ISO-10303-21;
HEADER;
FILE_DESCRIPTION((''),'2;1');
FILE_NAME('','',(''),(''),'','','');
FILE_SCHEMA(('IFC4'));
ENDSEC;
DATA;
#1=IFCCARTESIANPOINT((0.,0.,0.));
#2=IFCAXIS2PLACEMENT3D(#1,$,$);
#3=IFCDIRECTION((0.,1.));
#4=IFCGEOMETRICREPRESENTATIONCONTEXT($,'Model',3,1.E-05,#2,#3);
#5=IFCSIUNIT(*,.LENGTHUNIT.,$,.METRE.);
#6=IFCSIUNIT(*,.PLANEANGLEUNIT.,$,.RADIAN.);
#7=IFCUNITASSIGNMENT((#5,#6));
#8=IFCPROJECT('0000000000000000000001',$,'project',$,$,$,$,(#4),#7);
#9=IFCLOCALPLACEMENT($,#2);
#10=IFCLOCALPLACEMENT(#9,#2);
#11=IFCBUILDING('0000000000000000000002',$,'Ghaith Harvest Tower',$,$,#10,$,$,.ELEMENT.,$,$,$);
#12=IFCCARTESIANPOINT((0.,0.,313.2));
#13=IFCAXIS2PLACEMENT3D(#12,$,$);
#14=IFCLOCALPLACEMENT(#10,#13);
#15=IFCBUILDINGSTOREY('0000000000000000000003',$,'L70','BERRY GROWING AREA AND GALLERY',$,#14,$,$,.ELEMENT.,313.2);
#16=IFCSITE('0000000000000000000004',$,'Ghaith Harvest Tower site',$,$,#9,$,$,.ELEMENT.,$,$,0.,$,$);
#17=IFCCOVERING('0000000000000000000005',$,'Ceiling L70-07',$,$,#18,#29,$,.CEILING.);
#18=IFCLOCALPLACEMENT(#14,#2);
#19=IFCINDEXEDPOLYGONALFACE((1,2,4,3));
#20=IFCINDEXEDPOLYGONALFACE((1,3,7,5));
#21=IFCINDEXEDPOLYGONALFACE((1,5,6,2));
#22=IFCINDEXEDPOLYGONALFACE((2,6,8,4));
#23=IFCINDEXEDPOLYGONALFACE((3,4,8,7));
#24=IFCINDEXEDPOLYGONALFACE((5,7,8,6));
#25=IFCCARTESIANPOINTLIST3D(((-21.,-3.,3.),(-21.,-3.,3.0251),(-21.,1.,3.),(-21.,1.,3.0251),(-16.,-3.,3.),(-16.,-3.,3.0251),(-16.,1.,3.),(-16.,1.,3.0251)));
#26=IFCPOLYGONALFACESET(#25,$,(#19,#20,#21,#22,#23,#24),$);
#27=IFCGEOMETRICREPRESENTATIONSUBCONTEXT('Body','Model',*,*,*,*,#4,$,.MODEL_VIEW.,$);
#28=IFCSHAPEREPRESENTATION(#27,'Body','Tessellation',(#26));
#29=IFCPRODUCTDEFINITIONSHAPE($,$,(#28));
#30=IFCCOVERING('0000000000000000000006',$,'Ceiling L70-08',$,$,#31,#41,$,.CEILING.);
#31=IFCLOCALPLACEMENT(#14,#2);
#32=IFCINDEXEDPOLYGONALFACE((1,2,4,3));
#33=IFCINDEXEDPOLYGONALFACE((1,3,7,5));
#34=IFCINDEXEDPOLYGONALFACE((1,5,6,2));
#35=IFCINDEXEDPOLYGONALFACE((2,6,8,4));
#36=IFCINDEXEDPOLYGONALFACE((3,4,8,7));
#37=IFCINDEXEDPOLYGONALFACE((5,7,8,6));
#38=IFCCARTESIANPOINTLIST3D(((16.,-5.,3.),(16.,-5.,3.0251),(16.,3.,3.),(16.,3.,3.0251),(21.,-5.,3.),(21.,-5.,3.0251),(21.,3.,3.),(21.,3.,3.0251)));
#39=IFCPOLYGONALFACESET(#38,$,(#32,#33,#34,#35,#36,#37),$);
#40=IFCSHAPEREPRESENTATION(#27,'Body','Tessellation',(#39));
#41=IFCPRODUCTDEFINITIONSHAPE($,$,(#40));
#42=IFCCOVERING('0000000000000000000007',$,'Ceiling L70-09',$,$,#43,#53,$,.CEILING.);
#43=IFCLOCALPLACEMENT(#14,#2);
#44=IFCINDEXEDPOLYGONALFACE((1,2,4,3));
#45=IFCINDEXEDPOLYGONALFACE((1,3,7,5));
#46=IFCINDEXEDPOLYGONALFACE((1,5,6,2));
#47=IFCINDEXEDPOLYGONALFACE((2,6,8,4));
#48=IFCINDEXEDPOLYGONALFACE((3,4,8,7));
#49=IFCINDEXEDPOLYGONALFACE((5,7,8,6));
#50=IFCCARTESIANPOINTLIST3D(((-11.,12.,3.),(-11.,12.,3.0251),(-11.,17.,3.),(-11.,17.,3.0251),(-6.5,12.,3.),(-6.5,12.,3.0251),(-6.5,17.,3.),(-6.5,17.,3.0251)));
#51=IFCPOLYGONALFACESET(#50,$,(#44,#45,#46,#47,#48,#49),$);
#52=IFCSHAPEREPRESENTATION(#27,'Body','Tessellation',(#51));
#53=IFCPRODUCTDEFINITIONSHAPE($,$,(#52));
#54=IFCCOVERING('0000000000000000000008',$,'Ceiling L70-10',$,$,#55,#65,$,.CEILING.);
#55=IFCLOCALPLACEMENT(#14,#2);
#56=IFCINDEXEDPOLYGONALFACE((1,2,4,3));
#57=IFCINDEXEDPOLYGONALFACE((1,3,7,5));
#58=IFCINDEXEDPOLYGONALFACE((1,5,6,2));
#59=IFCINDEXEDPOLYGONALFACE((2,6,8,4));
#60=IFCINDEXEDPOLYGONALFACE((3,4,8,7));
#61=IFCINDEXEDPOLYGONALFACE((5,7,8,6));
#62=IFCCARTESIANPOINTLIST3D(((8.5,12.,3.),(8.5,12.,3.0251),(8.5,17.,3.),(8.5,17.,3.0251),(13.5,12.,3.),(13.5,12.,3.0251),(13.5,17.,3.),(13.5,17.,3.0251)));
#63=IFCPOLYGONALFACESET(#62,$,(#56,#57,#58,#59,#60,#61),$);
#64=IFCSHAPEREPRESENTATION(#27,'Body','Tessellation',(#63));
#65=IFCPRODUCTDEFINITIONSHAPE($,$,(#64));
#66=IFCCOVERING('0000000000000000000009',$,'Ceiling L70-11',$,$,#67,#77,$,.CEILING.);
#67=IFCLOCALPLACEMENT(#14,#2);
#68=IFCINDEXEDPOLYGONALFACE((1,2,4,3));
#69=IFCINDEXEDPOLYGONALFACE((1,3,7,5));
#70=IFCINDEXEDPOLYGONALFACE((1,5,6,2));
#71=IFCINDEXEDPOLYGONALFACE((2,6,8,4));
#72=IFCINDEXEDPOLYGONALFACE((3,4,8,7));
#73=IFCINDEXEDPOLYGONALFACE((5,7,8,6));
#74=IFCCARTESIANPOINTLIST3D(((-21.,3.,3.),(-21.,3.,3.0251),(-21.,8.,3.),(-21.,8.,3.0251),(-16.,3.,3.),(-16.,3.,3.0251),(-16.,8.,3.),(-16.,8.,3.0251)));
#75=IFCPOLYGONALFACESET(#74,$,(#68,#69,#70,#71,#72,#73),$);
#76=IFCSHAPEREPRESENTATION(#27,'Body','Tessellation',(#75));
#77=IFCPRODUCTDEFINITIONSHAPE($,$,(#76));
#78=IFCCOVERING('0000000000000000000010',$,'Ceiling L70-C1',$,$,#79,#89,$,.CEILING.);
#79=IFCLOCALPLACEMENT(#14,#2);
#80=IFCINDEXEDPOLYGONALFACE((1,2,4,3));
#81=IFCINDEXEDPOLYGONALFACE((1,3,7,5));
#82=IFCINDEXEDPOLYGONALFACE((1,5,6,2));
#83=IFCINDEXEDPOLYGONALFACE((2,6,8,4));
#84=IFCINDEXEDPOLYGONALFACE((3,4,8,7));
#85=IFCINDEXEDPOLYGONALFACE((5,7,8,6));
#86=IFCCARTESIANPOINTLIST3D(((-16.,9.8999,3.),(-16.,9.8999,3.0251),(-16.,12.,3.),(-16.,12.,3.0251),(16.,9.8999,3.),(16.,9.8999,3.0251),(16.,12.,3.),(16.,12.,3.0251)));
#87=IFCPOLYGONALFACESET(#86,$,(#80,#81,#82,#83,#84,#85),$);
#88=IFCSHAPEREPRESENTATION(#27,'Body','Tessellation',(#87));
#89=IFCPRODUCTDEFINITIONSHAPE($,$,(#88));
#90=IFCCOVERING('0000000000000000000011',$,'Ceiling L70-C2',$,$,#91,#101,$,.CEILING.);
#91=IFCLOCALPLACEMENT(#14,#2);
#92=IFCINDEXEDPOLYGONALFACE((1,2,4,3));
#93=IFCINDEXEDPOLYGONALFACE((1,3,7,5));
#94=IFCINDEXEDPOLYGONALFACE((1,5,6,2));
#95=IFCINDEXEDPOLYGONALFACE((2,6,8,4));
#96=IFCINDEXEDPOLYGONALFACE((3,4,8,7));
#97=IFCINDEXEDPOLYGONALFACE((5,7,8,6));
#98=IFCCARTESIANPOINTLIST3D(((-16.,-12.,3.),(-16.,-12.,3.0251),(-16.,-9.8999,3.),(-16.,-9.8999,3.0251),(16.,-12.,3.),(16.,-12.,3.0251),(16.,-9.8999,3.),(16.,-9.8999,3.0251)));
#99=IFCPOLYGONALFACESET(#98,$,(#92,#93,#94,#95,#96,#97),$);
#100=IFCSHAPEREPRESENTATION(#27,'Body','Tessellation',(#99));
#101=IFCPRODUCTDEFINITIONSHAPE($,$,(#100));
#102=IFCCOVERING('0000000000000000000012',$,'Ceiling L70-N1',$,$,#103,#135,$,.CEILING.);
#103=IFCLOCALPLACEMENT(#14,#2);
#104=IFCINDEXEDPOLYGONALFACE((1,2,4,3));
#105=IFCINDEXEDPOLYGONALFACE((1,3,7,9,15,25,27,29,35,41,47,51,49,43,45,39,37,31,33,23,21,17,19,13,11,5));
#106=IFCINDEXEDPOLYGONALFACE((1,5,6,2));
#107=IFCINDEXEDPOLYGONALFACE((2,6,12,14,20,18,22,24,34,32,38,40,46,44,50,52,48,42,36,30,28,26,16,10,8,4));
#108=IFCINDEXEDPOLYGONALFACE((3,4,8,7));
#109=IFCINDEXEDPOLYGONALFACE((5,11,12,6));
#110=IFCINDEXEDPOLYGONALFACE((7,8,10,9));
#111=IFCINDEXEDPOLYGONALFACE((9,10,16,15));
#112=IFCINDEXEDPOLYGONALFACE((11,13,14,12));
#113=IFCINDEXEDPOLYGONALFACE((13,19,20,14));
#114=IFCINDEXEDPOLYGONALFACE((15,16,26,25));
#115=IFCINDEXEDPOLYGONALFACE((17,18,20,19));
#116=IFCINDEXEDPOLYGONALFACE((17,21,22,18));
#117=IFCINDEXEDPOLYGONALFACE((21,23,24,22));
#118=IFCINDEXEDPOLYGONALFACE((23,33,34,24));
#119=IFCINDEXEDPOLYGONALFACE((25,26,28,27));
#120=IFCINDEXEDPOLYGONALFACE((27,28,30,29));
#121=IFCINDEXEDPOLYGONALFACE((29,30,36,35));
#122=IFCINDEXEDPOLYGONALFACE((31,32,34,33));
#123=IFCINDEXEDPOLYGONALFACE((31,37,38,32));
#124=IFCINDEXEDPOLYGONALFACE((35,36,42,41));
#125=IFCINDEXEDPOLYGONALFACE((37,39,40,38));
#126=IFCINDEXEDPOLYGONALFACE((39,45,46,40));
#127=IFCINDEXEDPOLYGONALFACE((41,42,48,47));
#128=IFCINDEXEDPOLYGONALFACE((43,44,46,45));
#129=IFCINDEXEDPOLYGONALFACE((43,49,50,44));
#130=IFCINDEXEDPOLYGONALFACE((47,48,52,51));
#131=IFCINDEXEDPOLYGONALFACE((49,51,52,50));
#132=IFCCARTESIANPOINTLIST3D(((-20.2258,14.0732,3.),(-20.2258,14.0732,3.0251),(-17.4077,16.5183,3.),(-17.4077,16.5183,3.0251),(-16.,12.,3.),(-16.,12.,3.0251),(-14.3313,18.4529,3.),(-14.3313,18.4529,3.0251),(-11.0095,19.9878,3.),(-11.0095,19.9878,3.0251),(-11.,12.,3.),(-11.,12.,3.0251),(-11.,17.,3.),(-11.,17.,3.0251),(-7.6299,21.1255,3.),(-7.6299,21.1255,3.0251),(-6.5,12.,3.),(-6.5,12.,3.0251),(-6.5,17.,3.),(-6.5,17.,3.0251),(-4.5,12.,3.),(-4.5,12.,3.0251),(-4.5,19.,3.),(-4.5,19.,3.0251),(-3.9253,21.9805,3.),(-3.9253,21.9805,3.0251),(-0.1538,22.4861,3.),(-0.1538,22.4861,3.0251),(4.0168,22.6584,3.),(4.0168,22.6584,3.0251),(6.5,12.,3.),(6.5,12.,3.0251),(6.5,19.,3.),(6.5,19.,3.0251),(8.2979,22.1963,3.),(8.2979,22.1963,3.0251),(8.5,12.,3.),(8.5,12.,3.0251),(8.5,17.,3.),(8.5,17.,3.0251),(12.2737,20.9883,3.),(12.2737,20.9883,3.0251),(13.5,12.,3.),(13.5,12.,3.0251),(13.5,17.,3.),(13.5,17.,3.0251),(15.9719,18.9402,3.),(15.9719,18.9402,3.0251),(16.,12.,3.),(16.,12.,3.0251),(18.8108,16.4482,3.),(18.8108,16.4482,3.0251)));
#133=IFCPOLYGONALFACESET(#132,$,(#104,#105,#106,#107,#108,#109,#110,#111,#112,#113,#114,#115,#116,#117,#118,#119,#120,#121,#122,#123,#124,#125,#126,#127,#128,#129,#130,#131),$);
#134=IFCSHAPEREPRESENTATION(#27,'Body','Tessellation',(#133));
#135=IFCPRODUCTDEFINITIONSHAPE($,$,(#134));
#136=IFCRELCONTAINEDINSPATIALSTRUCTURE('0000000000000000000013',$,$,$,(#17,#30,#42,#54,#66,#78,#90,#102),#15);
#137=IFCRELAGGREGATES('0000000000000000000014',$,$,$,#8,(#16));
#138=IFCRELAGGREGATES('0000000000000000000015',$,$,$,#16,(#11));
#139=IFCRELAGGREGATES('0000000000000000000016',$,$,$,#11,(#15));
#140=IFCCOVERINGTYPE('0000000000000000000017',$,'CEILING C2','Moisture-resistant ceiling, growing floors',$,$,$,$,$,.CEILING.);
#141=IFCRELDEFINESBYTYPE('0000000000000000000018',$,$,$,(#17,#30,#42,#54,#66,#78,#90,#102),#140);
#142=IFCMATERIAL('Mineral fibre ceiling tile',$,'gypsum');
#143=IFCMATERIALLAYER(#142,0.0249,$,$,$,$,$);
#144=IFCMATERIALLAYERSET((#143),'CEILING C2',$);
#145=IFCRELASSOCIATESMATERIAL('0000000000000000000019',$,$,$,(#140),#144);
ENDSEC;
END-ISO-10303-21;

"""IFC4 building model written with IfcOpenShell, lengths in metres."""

from ifc_helpers import new_model, si_unit, direction, frame, origin, place, context, subcontext, project, spatial, polyline, outline, extrude, material, layer, layer_set, type_object, element, save


model = new_model("IFC4")

# Units and contexts
model_context = context("Model", 3, precision=1e-05, world=origin(), true_north=direction((0.0, 1.0)))
body_context = subcontext(model_context, "Body", "Model", "MODEL_VIEW")
ifc_project = project(units=[si_unit("LENGTHUNIT", "METRE"), si_unit("PLANEANGLEUNIT", "RADIAN")], contexts=[model_context])

# Site, building, storey
site_placement = place(None, origin())
site = spatial("IfcSite", under=ifc_project, at=site_placement, Name="Ghaith Harvest Tower site", CompositionType="ELEMENT", RefElevation=0.0)
building_placement = place(site_placement, origin())
building = spatial("IfcBuilding", under=site, at=building_placement, Name="Ghaith Harvest Tower", CompositionType="ELEMENT")
storey_placement = place(building_placement, frame((0.0, 0.0, 313.2)))
storey = spatial("IfcBuildingStorey", under=building, at=storey_placement, Name="L70", Description="BERRY GROWING AREA AND GALLERY", CompositionType="ELEMENT", Elevation=313.2)

# Coverings
ifc_material_1 = material(Name="Mineral fibre ceiling tile", Category="gypsum")
ifc_layer_1 = layer(ifc_material_1, 0.0249)
ifc_layer_set_1 = layer_set([ifc_layer_1], Name="CEILING C2")
covering_type = type_object("IfcCoveringType", Name="CEILING C2", Description="Moisture-resistant ceiling, growing floors", PredefinedType="CEILING", material=ifc_layer_set_1)
covering_1_placement = place(storey_placement, frame((0.0, 0.0, 3.0)))
element("IfcCovering", 1, at=covering_1_placement, inside=storey, type_object=covering_type, Name="Ceiling L70-07", PredefinedType="CEILING", context=body_context, shape_type="SweptSolid", body=[
    extrude(outline(polyline([(-21.0, -3.0), (-16.0, -3.0), (-16.0, 1.0), (-21.0, 1.0), (-21.0, -3.0)])), origin(), (0.0, 0.0, 1.0), 0.0251),
])
covering_2_placement = place(storey_placement, frame((0.0, 0.0, 3.0)))
element("IfcCovering", 2, at=covering_2_placement, inside=storey, type_object=covering_type, Name="Ceiling L70-08", PredefinedType="CEILING", context=body_context, shape_type="SweptSolid", body=[
    extrude(outline(polyline([(16.0, -5.0), (21.0, -5.0), (21.0, 3.0), (16.0, 3.0), (16.0, -5.0)])), origin(), (0.0, 0.0, 1.0), 0.0251),
])
covering_3_placement = place(storey_placement, frame((0.0, 0.0, 3.0)))
element("IfcCovering", 3, at=covering_3_placement, inside=storey, type_object=covering_type, Name="Ceiling L70-09", PredefinedType="CEILING", context=body_context, shape_type="SweptSolid", body=[
    extrude(outline(polyline([(-11.0, 12.0), (-6.5, 12.0), (-6.5, 17.0), (-11.0, 17.0), (-11.0, 12.0)])), origin(), (0.0, 0.0, 1.0), 0.0251),
])
covering_4_placement = place(storey_placement, frame((0.0, 0.0, 3.0)))
element("IfcCovering", 4, at=covering_4_placement, inside=storey, type_object=covering_type, Name="Ceiling L70-10", PredefinedType="CEILING", context=body_context, shape_type="SweptSolid", body=[
    extrude(outline(polyline([(8.5, 12.0), (13.5, 12.0), (13.5, 17.0), (8.5, 17.0), (8.5, 12.0)])), origin(), (0.0, 0.0, 1.0), 0.0251),
])
covering_5_placement = place(storey_placement, frame((0.0, 0.0, 3.0)))
element("IfcCovering", 5, at=covering_5_placement, inside=storey, type_object=covering_type, Name="Ceiling L70-11", PredefinedType="CEILING", context=body_context, shape_type="SweptSolid", body=[
    extrude(outline(polyline([(-21.0, 3.0), (-16.0, 3.0), (-16.0, 8.0), (-21.0, 8.0), (-21.0, 3.0)])), origin(), (0.0, 0.0, 1.0), 0.0251),
])
covering_6_placement = place(storey_placement, frame((0.0, 0.0, 3.0)))
element("IfcCovering", 6, at=covering_6_placement, inside=storey, type_object=covering_type, Name="Ceiling L70-C1", PredefinedType="CEILING", context=body_context, shape_type="SweptSolid", body=[
    extrude(outline(polyline([(16.0, 9.8999), (-16.0, 9.8999), (-16.0, 12.0), (16.0, 12.0), (16.0, 9.8999)])), origin(), (0.0, 0.0, 1.0), 0.0251),
])
covering_7_placement = place(storey_placement, frame((0.0, 0.0, 3.0)))
element("IfcCovering", 7, at=covering_7_placement, inside=storey, type_object=covering_type, Name="Ceiling L70-C2", PredefinedType="CEILING", context=body_context, shape_type="SweptSolid", body=[
    extrude(outline(polyline([(-16.0, -9.8999), (16.0, -9.8999), (16.0, -12.0), (-16.0, -12.0), (-16.0, -9.8999)])), origin(), (0.0, 0.0, 1.0), 0.0251),
])
covering_8_placement = place(storey_placement, frame((0.0, 0.0, 3.0)))
element("IfcCovering", 8, at=covering_8_placement, inside=storey, type_object=covering_type, Name="Ceiling L70-N1", PredefinedType="CEILING", context=body_context, shape_type="SweptSolid", body=[
    extrude(outline(polyline([(-17.4077, 16.5183), (-14.3313, 18.4529), (-11.0095, 19.9878), (-7.6299, 21.1255), (-3.9253, 21.9805), (-0.1538, 22.4861), (4.0168, 22.6584), (8.2979, 22.1963), (12.2737, 20.9883), (15.9719, 18.9402), (18.8108, 16.4482), (16.0, 12.0), (13.5, 12.0), (13.5, 17.0), (8.5, 17.0), (8.5, 12.0), (6.5, 12.0), (6.5, 19.0), (-4.5, 19.0), (-4.5, 12.0), (-6.5, 12.0), (-6.5, 17.0), (-11.0, 17.0), (-11.0, 12.0), (-16.0, 12.0), (-20.2258, 14.0732), (-17.4077, 16.5183)])), origin(), (0.0, 0.0, 1.0), 0.0251),
])

save(model, "model.ifc")
